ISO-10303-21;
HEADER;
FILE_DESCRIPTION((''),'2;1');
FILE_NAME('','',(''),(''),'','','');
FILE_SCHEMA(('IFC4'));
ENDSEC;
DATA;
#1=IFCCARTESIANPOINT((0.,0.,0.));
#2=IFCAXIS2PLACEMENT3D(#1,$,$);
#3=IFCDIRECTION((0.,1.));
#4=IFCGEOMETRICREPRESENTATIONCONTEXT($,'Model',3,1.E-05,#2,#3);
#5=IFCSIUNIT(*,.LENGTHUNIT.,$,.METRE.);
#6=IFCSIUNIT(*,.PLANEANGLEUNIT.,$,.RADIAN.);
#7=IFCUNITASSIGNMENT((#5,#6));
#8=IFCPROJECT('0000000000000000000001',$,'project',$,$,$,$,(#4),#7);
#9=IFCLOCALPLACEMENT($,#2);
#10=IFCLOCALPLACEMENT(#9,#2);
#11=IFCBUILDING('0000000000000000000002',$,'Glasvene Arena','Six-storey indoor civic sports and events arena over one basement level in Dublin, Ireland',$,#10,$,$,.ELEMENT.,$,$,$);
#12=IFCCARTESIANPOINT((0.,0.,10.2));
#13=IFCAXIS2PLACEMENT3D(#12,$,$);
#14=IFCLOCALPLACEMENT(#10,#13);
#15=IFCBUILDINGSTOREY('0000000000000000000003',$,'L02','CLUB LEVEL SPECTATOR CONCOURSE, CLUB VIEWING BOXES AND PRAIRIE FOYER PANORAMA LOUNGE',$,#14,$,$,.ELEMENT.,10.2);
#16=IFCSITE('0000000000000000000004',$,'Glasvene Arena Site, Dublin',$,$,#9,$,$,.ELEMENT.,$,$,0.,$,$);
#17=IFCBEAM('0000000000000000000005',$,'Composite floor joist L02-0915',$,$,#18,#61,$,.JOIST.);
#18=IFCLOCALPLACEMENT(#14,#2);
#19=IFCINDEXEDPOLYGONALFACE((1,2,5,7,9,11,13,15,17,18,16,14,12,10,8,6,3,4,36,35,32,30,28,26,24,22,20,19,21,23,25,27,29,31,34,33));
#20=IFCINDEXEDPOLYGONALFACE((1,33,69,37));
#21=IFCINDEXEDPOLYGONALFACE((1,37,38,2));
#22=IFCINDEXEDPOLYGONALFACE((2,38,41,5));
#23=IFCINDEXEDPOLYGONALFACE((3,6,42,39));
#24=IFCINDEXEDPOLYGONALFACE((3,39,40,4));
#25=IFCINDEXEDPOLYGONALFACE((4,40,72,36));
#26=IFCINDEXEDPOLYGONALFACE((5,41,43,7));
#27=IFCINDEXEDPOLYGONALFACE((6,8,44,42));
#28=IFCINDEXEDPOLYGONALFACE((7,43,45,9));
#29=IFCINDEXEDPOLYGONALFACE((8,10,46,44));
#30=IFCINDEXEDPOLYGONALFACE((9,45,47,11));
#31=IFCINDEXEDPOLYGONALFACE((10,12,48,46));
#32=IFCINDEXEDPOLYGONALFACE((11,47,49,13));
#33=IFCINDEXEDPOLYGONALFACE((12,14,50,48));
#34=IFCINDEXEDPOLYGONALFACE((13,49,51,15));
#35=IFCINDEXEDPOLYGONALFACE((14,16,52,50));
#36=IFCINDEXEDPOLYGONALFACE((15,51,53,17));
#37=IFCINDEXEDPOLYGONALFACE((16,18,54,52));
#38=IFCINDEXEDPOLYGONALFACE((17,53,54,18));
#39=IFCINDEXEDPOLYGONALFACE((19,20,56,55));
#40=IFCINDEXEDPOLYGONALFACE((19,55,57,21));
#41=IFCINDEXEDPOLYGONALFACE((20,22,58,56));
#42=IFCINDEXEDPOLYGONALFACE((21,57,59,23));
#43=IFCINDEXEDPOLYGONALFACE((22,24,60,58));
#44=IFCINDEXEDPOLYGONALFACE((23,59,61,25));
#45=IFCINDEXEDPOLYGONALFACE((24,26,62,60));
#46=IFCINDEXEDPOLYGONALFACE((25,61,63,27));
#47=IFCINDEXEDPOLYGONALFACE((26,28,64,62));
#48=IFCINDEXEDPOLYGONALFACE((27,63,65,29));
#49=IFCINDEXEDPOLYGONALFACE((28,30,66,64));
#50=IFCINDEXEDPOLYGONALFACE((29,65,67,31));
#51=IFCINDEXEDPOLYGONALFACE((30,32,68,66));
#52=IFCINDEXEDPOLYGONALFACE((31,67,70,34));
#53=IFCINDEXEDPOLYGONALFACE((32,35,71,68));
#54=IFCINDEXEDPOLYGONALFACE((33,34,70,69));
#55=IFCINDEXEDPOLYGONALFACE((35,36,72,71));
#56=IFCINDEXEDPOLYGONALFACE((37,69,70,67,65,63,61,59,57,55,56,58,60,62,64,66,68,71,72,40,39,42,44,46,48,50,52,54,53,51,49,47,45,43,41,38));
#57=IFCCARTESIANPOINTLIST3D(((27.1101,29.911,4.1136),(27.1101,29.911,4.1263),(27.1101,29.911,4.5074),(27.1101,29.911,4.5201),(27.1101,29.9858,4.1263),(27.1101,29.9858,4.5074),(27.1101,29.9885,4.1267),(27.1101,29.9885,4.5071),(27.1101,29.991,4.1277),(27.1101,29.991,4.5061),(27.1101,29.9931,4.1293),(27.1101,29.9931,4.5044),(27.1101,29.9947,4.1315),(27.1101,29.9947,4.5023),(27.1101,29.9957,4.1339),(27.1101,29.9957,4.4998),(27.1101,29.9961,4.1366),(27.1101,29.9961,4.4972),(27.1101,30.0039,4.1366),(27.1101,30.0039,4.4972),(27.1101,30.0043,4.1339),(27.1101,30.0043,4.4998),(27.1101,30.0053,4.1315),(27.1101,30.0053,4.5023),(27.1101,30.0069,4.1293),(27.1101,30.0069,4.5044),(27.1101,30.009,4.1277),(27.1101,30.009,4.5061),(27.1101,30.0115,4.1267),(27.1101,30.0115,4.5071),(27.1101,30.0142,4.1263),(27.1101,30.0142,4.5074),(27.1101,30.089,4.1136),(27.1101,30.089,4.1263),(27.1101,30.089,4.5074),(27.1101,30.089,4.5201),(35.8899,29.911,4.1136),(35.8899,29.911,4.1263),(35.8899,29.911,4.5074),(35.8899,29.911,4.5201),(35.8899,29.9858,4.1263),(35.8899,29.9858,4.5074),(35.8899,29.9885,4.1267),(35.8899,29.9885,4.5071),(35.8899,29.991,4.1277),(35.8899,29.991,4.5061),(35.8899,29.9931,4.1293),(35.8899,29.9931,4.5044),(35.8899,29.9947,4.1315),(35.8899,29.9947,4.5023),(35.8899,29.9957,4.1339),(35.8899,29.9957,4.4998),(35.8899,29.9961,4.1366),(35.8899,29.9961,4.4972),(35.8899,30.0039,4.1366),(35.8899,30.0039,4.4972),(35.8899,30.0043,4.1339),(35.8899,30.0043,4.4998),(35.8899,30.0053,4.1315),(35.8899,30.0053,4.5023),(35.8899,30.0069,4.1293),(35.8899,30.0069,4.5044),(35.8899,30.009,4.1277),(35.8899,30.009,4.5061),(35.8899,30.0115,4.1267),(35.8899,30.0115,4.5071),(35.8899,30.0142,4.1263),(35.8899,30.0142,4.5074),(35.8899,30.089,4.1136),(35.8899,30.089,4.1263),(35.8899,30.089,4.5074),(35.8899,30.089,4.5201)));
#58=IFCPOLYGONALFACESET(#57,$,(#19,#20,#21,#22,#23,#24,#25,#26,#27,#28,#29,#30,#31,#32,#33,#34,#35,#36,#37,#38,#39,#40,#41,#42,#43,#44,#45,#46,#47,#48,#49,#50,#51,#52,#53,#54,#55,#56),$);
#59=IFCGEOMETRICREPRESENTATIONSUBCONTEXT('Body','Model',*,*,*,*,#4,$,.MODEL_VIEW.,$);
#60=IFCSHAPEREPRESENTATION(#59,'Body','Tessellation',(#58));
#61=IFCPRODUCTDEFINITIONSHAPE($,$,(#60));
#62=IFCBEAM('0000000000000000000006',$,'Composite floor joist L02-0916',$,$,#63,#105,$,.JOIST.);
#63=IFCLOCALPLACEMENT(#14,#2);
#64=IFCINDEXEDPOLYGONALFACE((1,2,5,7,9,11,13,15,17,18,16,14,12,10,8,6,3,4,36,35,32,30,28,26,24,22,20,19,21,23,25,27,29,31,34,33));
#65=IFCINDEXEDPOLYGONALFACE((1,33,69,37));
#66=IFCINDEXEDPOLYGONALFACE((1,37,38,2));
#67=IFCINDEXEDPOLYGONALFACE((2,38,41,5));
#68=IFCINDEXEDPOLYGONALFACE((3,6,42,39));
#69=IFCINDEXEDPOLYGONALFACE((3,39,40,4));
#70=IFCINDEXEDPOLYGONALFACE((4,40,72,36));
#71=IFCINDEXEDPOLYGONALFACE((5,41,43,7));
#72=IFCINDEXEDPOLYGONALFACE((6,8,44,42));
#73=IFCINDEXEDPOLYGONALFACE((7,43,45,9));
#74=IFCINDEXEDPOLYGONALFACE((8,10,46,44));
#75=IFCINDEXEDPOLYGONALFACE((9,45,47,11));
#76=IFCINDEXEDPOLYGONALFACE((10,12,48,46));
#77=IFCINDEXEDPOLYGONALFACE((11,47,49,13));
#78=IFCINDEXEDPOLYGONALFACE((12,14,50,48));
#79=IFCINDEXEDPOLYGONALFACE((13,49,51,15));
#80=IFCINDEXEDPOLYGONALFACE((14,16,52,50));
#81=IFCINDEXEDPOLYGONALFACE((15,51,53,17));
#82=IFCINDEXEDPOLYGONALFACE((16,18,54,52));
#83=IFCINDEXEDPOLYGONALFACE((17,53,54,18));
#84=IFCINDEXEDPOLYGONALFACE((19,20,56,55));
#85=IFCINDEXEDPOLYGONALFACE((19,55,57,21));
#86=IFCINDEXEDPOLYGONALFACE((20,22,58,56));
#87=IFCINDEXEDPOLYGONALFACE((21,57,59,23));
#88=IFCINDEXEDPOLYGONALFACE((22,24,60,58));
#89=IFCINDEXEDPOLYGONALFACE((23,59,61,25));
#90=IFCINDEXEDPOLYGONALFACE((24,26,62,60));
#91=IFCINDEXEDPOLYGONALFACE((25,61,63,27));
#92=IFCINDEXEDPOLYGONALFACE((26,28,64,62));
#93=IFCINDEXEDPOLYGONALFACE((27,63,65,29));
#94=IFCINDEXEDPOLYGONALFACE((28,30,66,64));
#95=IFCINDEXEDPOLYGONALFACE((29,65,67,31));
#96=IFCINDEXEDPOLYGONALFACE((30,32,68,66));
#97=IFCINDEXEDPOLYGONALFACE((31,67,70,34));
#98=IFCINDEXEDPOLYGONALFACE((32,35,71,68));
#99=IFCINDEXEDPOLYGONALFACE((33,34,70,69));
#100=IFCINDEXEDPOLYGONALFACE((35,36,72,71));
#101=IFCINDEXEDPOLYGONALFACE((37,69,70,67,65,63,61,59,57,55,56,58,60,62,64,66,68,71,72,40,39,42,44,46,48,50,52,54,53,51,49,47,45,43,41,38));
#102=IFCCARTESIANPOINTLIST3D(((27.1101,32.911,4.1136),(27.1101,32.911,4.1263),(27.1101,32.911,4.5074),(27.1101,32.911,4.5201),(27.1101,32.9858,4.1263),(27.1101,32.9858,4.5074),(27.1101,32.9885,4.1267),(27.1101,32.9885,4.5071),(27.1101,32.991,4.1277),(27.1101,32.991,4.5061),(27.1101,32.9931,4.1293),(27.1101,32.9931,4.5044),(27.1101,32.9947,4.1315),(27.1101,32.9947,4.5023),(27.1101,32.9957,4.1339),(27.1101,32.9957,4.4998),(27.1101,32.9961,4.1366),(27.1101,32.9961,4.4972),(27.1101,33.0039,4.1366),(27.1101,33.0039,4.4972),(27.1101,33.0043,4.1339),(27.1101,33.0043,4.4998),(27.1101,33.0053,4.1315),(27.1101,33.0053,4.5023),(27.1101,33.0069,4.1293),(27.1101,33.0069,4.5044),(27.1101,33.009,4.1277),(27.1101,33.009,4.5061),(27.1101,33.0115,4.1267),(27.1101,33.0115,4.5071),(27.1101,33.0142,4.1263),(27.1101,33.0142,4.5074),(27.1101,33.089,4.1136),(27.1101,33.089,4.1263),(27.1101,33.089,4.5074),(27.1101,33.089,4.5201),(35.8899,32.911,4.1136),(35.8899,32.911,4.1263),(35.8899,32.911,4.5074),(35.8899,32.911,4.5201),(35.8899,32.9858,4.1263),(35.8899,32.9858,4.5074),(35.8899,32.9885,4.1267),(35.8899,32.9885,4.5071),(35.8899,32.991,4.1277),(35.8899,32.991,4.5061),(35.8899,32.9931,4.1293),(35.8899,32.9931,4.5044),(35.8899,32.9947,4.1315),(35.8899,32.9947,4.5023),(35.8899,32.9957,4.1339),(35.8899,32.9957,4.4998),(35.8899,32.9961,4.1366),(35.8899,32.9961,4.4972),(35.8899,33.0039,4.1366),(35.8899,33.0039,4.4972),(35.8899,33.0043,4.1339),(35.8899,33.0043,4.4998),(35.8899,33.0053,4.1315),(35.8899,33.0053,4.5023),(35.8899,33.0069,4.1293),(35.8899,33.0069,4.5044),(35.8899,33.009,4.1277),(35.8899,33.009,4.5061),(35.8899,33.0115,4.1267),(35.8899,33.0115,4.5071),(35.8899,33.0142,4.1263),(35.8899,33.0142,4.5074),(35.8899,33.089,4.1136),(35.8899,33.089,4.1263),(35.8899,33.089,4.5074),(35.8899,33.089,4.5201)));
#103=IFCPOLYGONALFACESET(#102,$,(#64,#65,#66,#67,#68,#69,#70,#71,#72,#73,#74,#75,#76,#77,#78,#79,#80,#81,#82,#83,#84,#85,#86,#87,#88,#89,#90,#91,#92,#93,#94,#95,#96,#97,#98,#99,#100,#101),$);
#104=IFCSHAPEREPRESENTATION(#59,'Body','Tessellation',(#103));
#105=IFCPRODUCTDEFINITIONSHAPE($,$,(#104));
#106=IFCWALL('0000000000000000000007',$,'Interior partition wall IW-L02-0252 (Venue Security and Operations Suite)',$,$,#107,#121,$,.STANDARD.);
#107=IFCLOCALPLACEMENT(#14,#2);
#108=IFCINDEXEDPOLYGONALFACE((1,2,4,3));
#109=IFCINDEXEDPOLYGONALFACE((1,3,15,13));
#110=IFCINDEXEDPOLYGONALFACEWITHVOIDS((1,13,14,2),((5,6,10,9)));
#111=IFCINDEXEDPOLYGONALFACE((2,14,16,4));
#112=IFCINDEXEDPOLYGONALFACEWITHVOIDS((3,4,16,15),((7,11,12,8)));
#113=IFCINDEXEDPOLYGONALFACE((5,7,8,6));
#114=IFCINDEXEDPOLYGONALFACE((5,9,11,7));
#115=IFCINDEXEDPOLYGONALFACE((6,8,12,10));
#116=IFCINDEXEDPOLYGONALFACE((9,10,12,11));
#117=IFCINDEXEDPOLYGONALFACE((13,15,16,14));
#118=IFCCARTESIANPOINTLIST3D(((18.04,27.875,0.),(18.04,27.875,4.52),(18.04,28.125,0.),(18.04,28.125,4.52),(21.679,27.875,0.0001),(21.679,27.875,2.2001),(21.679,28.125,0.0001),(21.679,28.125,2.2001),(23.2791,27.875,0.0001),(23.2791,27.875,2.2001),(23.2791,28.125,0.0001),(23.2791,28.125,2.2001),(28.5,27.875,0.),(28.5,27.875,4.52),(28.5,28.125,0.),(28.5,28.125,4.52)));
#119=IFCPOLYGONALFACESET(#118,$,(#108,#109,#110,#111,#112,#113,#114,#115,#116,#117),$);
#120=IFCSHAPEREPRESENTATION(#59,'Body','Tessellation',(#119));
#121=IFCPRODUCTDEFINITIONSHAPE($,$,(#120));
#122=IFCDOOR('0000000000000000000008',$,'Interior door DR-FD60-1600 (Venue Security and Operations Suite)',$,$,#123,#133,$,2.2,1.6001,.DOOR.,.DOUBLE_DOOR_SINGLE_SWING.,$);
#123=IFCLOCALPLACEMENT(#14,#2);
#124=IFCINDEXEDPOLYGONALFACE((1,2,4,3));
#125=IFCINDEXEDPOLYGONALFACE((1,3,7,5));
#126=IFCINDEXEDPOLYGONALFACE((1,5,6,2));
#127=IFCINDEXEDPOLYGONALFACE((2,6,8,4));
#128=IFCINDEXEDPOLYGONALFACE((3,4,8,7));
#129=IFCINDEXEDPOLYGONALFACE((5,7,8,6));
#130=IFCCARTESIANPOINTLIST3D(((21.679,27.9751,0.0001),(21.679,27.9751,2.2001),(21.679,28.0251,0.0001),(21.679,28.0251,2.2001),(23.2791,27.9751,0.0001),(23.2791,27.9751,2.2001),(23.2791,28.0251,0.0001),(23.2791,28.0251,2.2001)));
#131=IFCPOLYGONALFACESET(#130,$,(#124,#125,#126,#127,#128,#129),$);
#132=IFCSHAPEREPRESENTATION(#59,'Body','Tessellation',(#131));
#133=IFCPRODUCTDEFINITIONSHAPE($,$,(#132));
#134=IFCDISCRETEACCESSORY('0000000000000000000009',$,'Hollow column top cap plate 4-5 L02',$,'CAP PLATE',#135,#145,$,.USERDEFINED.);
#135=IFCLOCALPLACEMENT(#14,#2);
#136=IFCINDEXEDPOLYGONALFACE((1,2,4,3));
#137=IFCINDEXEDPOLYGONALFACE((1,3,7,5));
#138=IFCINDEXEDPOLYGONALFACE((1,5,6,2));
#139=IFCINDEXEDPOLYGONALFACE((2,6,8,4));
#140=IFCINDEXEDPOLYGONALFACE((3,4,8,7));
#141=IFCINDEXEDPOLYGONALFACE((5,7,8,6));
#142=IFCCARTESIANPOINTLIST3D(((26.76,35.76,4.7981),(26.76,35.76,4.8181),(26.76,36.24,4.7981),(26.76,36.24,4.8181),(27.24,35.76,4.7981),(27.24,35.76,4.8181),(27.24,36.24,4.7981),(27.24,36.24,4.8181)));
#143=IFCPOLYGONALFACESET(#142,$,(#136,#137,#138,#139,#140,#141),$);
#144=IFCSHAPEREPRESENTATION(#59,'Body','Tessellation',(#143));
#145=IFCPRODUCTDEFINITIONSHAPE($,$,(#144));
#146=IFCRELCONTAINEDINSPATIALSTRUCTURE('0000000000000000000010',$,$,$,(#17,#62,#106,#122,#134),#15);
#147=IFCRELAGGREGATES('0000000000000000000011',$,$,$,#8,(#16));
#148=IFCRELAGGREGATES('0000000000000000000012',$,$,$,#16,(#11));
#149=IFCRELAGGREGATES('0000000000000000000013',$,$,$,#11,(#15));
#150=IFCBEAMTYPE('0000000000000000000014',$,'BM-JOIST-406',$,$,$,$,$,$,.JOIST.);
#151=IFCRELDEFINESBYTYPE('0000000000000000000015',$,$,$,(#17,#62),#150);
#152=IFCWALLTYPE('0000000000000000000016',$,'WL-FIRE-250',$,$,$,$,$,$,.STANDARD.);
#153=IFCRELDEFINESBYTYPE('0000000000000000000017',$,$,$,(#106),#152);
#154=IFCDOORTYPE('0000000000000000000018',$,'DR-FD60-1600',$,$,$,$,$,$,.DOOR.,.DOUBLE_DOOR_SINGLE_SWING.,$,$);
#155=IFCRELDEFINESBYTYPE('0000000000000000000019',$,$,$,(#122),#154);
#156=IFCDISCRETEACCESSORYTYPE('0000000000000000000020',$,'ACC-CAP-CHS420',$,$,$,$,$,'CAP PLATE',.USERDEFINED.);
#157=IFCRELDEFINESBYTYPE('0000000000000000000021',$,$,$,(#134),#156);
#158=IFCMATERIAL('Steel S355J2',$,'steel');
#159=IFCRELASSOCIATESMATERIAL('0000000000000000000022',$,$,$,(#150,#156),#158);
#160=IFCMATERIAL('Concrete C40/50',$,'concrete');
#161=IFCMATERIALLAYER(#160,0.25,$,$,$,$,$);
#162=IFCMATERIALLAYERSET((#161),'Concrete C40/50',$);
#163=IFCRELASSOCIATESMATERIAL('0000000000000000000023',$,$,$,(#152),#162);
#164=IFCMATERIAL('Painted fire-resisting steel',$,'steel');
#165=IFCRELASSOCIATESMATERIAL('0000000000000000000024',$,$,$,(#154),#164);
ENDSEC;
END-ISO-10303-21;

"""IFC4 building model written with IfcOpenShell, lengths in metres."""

from ifc_helpers import new_model, si_unit, direction, frame, frame_2d, origin, origin_2d, place, context, subcontext, project, spatial, rectangle, i_section, extrude, material, layer, layer_set, material_profile, profile_set, type_object, element, fill, save


model = new_model("IFC4")

# Units and contexts
model_context = context("Model", 3, precision=1e-05, world=origin(), true_north=direction((0.0, 1.0)))
body_context = subcontext(model_context, "Body", "Model", "MODEL_VIEW")
ifc_project = project(units=[si_unit("LENGTHUNIT", "METRE"), si_unit("PLANEANGLEUNIT", "RADIAN")], contexts=[model_context])

# Site, building, storey
site_placement = place(None, origin())
site = spatial("IfcSite", under=ifc_project, at=site_placement, Name="Glasvene Arena Site, Dublin", CompositionType="ELEMENT", RefElevation=0.0)
building_placement = place(site_placement, origin())
building = spatial("IfcBuilding", under=site, at=building_placement, Name="Glasvene Arena", Description="Six-storey indoor civic sports and events arena over one basement level in Dublin, Ireland", CompositionType="ELEMENT")
storey_placement = place(building_placement, frame((0.0, 0.0, 10.2)))
storey = spatial("IfcBuildingStorey", under=building, at=storey_placement, Name="L02", Description="CLUB LEVEL SPECTATOR CONCOURSE, CLUB VIEWING BOXES AND PRAIRIE FOYER PANORAMA LOUNGE", CompositionType="ELEMENT", Elevation=10.2)

# Shared definitions
ifc_material_1 = material(Name="Steel S355J2", Category="steel")

# Beams
ifc_material_profile_1 = material_profile(ifc_material_1, i_section(OverallWidth=0.178, OverallDepth=0.4065, WebThickness=0.0078, FlangeThickness=0.0127, FilletRadius=0.0103, at=origin_2d()), Name="UKB 406x178x60")
ifc_profile_set_1 = profile_set([ifc_material_profile_1], Name="Steel S355J2")
beam_type_1 = type_object("IfcBeamType", Name="BM-JOIST-406", PredefinedType="JOIST", material=ifc_profile_set_1)
for number, where, z_axis, x_axis, name in (
    (1, (27.1101, 30.0, 4.3169), (1.0, 0.0, 0.0), (0.0, 1.0, 0.0), "Composite floor joist L02-0915"),
    (2, (27.1101, 33.0, 4.3169), (1.0, 0.0, 0.0), (0.0, 1.0, 0.0), "Composite floor joist L02-0916"),
):
    element("IfcBeam", number, at=place(storey_placement, frame(where, z_axis=z_axis, x_axis=x_axis)), inside=storey, type_object=beam_type_1, Name=name, PredefinedType="JOIST", context=body_context, shape_type="SweptSolid", body=[
        extrude(i_section(OverallWidth=0.178, OverallDepth=0.4065, WebThickness=0.0078, FlangeThickness=0.0127, FilletRadius=0.0103, at=origin_2d()), origin(), (0.0, 0.0, 1.0), 8.7798),
    ])

# Wall, opening, door
ifc_material_2 = material(Name="Concrete C40/50", Category="concrete")
ifc_layer = layer(ifc_material_2, 0.25)
ifc_layer_set = layer_set([ifc_layer], Name="Concrete C40/50")
wall_type = type_object("IfcWallType", Name="WL-FIRE-250", PredefinedType="STANDARD", material=ifc_layer_set)
wall_placement = place(storey_placement, frame((28.5, 28.0, 0.0), z_axis=(0.0, 0.0, 1.0), x_axis=(-1.0, 0.0, 0.0)))
wall = element("IfcWall", 3, at=wall_placement, inside=storey, type_object=wall_type, Name="Interior partition wall IW-L02-0252 (Venue Security and Operations Suite)", PredefinedType="STANDARD", context=body_context, shape_type="SweptSolid", body=[
    extrude(rectangle(XDim=10.46, YDim=0.25, at=frame_2d((5.23, 0.0))), origin(), (0.0, 0.0, 1.0), 4.52),
])
opening_placement = place(wall_placement, frame((5.2209, 0.0, 0.0)))
opening = element("IfcOpeningElement", 4, at=opening_placement, cuts=wall, PredefinedType="OPENING", context=body_context, shape_type="SweptSolid", body=[
    extrude(rectangle(XDim=1.6001, YDim=2.2, at=frame_2d((0.8, 1.1001))), frame((0.0, 0.135, 0.0), z_axis=(0.0, -1.0, 0.0), x_axis=(1.0, 0.0, 0.0)), (0.0, 0.0, 1.0), 0.27),
])
ifc_material_3 = material(Name="Painted fire-resisting steel", Category="steel")
door_type = type_object("IfcDoorType", Name="DR-FD60-1600", OperationType="DOUBLE_DOOR_SINGLE_SWING", PredefinedType="DOOR", material=ifc_material_3)
door_placement = place(opening_placement, origin())
door = element("IfcDoor", 5, at=door_placement, inside=storey, type_object=door_type, Name="Interior door DR-FD60-1600 (Venue Security and Operations Suite)", OperationType="DOUBLE_DOOR_SINGLE_SWING", OverallHeight=2.2, OverallWidth=1.6001, PredefinedType="DOOR", context=body_context, shape_type="SweptSolid", body=[
    extrude(rectangle(XDim=1.6001, YDim=2.2, at=frame_2d((0.8, 1.1001))), frame((0.0, 0.0249, 0.0), z_axis=(0.0, -1.0, 0.0), x_axis=(1.0, 0.0, 0.0)), (0.0, 0.0, 1.0), 0.05),
])
fill(opening, door)

# Discrete accessory
discrete_accessory_type = type_object("IfcDiscreteAccessoryType", Name="ACC-CAP-CHS420", ElementType="CAP PLATE", PredefinedType="USERDEFINED", material=ifc_material_1)
discrete_accessory_placement = place(storey_placement, frame((27.0, 36.0, 4.7981), z_axis=(0.0, 0.0, 1.0), x_axis=(1.0, 0.0, 0.0)))
element("IfcDiscreteAccessory", 6, at=discrete_accessory_placement, inside=storey, type_object=discrete_accessory_type, Name="Hollow column top cap plate 4-5 L02", ObjectType="CAP PLATE", PredefinedType="USERDEFINED", context=body_context, shape_type="SweptSolid", body=[
    extrude(rectangle(XDim=0.48, YDim=0.48, at=origin_2d()), origin(), (0.0, 0.0, 1.0), 0.02),
])

save(model, "model.ifc")
